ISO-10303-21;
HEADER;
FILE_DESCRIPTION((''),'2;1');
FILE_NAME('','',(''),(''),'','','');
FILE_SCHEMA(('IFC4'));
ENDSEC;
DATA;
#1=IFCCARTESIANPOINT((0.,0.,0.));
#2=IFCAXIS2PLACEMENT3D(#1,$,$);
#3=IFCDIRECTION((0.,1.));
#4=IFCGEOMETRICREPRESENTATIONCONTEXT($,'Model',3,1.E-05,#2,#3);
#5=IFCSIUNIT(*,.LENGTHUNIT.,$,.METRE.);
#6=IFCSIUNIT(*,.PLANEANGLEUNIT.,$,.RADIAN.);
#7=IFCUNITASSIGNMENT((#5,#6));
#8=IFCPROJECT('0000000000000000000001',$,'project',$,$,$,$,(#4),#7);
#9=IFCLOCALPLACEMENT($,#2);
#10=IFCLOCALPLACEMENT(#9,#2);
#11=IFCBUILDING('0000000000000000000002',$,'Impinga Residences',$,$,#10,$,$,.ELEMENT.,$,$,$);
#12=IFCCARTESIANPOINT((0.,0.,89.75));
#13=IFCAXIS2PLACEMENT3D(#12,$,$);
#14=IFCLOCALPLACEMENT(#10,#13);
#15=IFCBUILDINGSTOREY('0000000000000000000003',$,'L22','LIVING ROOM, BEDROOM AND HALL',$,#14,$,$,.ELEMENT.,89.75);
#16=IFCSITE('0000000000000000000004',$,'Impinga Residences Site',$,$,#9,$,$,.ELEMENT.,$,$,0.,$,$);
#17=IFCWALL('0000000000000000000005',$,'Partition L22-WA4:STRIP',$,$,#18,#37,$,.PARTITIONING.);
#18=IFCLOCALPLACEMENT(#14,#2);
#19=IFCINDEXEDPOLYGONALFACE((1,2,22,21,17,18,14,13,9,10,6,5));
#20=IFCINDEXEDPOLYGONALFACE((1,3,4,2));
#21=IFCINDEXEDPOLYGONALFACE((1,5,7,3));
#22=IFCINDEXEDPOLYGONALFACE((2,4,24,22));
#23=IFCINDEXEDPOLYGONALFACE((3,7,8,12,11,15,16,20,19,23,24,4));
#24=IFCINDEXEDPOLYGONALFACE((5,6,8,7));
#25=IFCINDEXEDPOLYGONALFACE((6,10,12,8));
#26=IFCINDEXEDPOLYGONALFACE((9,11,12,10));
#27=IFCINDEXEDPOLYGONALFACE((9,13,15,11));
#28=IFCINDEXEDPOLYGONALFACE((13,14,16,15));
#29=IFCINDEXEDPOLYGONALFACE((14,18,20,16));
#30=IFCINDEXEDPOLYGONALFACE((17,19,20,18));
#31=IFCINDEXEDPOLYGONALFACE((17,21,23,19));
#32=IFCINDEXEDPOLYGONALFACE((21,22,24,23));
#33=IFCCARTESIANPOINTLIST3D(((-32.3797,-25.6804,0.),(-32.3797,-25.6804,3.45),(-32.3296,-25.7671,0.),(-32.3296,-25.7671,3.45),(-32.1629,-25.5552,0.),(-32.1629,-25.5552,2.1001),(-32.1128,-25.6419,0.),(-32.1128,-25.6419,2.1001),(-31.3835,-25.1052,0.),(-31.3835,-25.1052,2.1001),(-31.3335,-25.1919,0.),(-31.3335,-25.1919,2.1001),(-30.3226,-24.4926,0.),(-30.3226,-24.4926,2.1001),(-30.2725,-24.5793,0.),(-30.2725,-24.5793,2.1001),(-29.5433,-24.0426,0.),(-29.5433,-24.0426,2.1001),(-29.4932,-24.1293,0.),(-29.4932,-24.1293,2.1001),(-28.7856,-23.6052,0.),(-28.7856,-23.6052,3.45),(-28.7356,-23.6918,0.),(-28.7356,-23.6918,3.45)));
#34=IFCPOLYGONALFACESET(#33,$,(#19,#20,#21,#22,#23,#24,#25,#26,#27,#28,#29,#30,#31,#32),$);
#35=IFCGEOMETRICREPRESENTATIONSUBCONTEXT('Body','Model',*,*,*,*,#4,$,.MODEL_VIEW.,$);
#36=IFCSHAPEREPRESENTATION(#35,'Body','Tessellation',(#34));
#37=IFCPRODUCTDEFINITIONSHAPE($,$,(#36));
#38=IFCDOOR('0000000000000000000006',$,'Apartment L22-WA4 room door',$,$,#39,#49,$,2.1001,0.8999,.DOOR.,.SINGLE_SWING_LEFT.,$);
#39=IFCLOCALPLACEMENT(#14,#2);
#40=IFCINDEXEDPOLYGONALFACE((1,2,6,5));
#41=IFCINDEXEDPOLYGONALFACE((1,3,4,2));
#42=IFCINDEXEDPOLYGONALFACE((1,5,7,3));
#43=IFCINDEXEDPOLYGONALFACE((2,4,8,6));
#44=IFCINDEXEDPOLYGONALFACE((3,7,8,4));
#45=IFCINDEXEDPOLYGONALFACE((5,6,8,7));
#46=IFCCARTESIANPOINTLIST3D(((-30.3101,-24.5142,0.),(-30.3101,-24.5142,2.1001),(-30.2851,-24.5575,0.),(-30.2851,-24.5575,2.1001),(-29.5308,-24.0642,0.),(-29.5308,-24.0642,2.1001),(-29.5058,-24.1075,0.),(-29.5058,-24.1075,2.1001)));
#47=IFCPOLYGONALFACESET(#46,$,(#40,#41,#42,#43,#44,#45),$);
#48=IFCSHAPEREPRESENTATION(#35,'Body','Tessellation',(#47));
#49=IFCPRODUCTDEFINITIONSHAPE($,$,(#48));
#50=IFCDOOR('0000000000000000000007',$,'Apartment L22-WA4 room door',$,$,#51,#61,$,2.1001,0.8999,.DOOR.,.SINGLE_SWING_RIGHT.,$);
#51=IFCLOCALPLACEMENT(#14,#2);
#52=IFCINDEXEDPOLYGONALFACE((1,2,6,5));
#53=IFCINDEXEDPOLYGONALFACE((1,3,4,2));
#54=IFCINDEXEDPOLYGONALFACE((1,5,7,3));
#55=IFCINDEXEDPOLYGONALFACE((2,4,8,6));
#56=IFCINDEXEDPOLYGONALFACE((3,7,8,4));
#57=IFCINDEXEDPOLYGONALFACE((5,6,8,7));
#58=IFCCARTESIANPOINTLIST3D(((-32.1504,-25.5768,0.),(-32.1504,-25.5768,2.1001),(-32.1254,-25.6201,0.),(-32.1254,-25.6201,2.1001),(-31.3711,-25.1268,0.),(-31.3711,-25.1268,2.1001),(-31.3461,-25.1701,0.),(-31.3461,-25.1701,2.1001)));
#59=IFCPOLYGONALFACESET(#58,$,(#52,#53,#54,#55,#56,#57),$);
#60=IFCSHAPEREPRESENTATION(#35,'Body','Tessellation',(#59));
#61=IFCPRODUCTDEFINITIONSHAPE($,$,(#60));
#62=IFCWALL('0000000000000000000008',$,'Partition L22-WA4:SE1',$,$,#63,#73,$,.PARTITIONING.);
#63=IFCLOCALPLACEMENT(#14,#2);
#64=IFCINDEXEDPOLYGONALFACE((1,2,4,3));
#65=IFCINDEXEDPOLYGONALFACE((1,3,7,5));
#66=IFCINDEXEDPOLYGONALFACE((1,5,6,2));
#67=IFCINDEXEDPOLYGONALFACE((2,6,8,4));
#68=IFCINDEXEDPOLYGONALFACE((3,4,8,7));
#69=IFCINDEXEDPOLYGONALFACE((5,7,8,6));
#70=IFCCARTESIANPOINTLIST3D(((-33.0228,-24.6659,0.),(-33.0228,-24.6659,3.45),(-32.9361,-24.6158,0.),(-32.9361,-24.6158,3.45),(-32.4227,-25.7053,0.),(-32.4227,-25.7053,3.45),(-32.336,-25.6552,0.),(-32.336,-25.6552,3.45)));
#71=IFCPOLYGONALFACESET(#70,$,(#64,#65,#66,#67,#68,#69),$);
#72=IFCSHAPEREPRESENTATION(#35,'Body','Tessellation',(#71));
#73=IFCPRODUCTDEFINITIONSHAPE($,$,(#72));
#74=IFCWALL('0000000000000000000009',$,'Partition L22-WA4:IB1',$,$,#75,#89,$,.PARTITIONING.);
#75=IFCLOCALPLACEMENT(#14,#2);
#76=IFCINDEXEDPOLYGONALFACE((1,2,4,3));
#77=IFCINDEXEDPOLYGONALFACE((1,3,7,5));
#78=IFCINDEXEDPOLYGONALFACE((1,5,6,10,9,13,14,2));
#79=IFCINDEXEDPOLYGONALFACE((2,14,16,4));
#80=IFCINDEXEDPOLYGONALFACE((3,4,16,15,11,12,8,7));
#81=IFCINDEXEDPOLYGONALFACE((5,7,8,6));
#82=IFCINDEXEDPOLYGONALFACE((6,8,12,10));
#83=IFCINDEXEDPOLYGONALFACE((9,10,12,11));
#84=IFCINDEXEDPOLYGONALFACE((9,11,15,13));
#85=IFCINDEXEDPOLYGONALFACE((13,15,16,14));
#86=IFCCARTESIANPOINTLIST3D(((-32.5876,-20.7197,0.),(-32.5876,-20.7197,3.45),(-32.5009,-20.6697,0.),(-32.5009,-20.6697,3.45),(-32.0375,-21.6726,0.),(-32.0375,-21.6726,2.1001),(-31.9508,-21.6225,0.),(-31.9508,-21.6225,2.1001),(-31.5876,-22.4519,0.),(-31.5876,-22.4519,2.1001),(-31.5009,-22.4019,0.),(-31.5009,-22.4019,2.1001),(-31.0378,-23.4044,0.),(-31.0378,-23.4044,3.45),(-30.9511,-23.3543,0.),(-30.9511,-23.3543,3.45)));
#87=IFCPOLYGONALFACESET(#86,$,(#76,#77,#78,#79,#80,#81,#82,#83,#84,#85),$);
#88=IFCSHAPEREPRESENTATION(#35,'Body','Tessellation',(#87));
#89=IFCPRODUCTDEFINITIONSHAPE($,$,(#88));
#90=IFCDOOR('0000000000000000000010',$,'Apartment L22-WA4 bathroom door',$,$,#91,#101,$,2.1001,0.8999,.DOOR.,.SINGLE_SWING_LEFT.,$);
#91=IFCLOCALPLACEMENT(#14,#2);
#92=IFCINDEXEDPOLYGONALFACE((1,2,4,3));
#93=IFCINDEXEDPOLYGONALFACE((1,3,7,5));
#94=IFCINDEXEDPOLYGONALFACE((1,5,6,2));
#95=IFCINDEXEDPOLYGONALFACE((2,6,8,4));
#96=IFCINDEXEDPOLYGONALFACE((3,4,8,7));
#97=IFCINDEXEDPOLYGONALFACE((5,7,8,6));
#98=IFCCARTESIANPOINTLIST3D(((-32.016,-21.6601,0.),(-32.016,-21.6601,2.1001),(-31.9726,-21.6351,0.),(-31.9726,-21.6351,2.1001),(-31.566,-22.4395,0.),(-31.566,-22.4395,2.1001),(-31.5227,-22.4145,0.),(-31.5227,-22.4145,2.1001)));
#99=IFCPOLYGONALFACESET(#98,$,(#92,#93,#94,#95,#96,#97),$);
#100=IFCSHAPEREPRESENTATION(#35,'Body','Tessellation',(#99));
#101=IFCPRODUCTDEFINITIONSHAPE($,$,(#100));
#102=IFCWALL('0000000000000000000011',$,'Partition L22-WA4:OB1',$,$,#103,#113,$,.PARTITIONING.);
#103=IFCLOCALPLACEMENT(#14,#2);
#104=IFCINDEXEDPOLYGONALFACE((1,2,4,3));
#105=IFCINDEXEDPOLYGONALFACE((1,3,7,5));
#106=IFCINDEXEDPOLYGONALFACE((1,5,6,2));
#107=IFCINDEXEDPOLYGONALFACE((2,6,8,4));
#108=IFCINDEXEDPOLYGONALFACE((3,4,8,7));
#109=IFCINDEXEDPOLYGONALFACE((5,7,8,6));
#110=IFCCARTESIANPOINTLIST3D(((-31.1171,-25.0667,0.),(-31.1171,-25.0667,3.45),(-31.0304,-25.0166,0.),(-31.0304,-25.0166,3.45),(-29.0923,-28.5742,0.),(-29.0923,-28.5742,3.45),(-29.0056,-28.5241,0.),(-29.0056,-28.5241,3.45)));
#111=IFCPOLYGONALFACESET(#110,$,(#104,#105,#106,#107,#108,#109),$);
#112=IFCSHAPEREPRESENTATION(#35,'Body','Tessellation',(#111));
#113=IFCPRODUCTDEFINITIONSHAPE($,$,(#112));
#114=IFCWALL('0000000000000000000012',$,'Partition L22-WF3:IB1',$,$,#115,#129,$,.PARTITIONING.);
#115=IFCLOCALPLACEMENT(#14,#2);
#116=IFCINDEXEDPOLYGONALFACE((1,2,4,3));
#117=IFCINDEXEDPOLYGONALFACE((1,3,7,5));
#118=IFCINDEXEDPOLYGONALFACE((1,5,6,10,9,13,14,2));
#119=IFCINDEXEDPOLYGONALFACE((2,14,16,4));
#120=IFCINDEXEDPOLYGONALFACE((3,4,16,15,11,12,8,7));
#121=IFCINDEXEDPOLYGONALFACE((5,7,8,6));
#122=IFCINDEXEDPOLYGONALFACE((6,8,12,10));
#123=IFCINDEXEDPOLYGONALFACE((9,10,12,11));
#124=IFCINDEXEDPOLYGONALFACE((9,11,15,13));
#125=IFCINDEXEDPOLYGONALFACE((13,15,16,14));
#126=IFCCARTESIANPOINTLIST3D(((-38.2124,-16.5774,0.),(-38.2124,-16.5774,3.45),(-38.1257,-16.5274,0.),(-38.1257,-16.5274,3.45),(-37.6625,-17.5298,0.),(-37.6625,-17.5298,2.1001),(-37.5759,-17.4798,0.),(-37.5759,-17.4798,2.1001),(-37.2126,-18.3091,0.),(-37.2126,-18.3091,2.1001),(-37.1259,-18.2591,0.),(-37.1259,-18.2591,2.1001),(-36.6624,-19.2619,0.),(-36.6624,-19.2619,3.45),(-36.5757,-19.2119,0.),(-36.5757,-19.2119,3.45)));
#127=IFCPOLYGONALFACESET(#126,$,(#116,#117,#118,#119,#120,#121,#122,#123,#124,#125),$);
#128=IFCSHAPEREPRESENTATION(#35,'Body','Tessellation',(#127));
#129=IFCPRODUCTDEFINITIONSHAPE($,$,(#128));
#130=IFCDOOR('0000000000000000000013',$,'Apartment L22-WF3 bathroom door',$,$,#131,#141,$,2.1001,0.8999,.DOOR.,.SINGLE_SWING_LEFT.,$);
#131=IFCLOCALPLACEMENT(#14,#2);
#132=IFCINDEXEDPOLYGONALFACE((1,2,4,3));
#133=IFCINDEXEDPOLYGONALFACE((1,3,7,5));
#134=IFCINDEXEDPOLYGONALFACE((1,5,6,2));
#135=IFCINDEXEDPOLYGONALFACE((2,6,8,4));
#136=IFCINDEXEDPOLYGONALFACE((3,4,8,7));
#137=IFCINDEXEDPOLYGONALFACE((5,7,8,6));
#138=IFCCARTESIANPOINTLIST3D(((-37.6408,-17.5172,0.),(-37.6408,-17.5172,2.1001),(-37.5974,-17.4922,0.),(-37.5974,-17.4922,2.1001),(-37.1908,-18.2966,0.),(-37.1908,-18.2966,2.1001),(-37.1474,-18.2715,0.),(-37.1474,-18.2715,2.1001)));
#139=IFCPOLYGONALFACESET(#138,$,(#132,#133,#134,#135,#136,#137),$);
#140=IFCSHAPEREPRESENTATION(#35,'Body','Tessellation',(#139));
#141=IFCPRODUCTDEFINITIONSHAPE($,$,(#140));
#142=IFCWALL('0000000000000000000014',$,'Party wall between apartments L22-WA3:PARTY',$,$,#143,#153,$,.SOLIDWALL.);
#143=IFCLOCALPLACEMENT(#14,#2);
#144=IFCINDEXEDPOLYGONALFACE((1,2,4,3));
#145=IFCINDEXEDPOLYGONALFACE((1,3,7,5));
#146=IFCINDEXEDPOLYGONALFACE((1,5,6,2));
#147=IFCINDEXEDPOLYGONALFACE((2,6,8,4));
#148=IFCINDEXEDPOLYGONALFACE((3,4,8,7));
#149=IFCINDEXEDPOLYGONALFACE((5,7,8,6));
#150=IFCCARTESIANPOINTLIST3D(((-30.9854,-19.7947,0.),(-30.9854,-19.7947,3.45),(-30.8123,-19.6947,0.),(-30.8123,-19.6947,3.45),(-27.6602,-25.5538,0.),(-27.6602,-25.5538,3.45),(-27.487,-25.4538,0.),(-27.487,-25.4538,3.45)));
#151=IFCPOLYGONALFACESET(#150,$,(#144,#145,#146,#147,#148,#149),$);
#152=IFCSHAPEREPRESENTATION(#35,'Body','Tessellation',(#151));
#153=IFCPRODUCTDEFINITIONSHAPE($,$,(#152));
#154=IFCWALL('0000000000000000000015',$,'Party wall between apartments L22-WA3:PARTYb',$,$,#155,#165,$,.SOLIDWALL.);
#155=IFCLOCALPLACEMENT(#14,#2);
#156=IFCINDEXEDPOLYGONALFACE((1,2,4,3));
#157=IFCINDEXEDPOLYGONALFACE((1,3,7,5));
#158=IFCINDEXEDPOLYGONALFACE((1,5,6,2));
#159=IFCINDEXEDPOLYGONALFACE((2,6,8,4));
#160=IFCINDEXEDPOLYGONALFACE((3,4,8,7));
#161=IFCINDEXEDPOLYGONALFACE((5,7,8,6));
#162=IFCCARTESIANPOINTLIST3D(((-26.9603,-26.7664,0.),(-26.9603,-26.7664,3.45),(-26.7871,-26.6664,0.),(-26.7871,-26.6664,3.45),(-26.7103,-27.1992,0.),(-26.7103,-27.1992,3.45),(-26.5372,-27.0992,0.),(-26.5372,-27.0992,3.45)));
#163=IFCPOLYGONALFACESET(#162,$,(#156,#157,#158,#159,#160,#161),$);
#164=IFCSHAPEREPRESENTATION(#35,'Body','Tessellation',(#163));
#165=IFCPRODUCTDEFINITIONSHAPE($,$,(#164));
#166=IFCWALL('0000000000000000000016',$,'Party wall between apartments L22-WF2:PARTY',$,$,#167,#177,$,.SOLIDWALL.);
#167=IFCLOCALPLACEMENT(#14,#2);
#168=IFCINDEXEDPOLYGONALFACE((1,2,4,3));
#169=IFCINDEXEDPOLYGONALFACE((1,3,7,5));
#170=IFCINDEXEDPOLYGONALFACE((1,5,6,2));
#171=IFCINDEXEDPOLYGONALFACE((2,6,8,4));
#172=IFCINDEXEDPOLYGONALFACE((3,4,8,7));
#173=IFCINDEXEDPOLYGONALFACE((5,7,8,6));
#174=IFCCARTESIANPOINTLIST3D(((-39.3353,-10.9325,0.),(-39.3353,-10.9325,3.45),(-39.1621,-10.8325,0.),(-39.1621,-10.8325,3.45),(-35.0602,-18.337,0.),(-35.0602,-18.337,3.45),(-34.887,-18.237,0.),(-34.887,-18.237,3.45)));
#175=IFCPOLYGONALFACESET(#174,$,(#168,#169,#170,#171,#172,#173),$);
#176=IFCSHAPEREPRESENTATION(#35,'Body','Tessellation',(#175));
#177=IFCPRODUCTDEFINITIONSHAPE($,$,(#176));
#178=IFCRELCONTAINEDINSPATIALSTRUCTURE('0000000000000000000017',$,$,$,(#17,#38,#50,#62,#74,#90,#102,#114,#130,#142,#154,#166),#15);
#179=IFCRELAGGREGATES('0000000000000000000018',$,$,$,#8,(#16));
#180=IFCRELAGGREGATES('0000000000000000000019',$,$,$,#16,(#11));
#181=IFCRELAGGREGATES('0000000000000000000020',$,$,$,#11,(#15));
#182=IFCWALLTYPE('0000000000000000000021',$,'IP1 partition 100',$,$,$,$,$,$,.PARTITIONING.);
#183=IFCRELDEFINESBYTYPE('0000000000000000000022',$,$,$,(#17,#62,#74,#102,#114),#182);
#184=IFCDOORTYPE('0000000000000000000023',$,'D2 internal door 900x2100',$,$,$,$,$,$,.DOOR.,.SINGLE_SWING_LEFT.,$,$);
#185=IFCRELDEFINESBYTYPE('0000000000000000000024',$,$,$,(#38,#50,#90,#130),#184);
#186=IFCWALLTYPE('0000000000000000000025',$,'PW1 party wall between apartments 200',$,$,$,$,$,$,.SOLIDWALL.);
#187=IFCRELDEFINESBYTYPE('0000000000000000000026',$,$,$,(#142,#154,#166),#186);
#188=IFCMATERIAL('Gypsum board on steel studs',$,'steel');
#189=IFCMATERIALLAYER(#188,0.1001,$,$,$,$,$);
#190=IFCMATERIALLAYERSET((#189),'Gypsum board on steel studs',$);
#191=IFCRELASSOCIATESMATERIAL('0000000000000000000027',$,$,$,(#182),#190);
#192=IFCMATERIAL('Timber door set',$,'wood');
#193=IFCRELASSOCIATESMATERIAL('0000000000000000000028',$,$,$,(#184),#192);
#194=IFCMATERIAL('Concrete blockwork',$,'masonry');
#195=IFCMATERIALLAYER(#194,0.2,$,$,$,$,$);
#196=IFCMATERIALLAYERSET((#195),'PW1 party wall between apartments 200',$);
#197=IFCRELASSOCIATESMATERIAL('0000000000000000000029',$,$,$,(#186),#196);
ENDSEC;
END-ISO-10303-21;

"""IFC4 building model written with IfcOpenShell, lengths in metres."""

from ifc_helpers import new_model, si_unit, direction, frame, frame_2d, origin, place, context, subcontext, project, spatial, rectangle, extrude, material, layer, layer_set, type_object, element, fill, save


model = new_model("IFC4")

# Units and contexts
model_context = context("Model", 3, precision=1e-05, world=origin(), true_north=direction((0.0, 1.0)))
body_context = subcontext(model_context, "Body", "Model", "MODEL_VIEW")
ifc_project = project(units=[si_unit("LENGTHUNIT", "METRE"), si_unit("PLANEANGLEUNIT", "RADIAN")], contexts=[model_context])

# Site, building, storey
site_placement = place(None, origin())
site = spatial("IfcSite", under=ifc_project, at=site_placement, Name="Impinga Residences Site", CompositionType="ELEMENT", RefElevation=0.0)
building_placement = place(site_placement, origin())
building = spatial("IfcBuilding", under=site, at=building_placement, Name="Impinga Residences", CompositionType="ELEMENT")
storey_placement = place(building_placement, frame((0.0, 0.0, 89.75)))
storey = spatial("IfcBuildingStorey", under=building, at=storey_placement, Name="L22", Description="LIVING ROOM, BEDROOM AND HALL", CompositionType="ELEMENT", Elevation=89.75)

# Shared definitions
ifc_material_1 = material(Name="Gypsum board on steel studs", Category="steel")
ifc_layer_1 = layer(ifc_material_1, 0.1001)
ifc_layer_set_1 = layer_set([ifc_layer_1], Name="Gypsum board on steel studs")
wall_type_1 = type_object("IfcWallType", Name="IP1 partition 100", PredefinedType="PARTITIONING", material=ifc_layer_set_1)

# Wall, openings, doors
wall_1_placement = place(storey_placement, frame((-28.7605, -23.6484, 0.0), z_axis=(0.0, 0.0, 1.0), x_axis=(-0.866004, -0.500036, 0.0)))
wall_1 = element("IfcWall", 1, at=wall_1_placement, inside=storey, type_object=wall_type_1, Name="Partition L22-WA4:STRIP", PredefinedType="PARTITIONING", context=body_context, shape_type="SweptSolid", body=[
    extrude(rectangle(XDim=4.1501, YDim=0.1001, at=frame_2d((2.0752, 0.0))), origin(), (0.0, 0.0, 1.0), 3.45),
])
opening_1_placement = place(wall_1_placement, frame((0.875, 0.0, 0.0)))
opening_1 = element("IfcOpeningElement", 2, at=opening_1_placement, cuts=wall_1, PredefinedType="OPENING", context=body_context, shape_type="SweptSolid", body=[
    extrude(rectangle(XDim=0.8999, YDim=2.1001, at=frame_2d((0.45, 1.05))), frame((0.0, 0.0601, 0.0), z_axis=(0.0, -1.0, 0.0), x_axis=(1.0, 0.0, 0.0)), (0.0, 0.0, 1.0), 0.1201),
])
opening_2_placement = place(wall_1_placement, frame((3.0, 0.0, 0.0)))
opening_2 = element("IfcOpeningElement", 3, at=opening_2_placement, cuts=wall_1, PredefinedType="OPENING", context=body_context, shape_type="SweptSolid", body=[
    extrude(rectangle(XDim=0.8999, YDim=2.1001, at=frame_2d((0.45, 1.05))), frame((0.0, 0.0601, 0.0), z_axis=(0.0, -1.0, 0.0), x_axis=(1.0, 0.0, 0.0)), (0.0, 0.0, 1.0), 0.1201),
])
ifc_material_2 = material(Name="Timber door set", Category="wood")
door_type = type_object("IfcDoorType", Name="D2 internal door 900x2100", OperationType="SINGLE_SWING_LEFT", PredefinedType="DOOR", material=ifc_material_2)
door_1_placement = place(opening_1_placement, origin())
door_1 = element("IfcDoor", 4, at=door_1_placement, inside=storey, type_object=door_type, Name="Apartment L22-WA4 room door", OperationType="SINGLE_SWING_LEFT", OverallHeight=2.1001, OverallWidth=0.8999, PredefinedType="DOOR", context=body_context, shape_type="SweptSolid", body=[
    extrude(rectangle(XDim=0.8999, YDim=2.1001, at=frame_2d((0.45, 1.05))), frame((0.0, 0.0249, 0.0), z_axis=(0.0, -1.0, 0.0), x_axis=(1.0, 0.0, 0.0)), (0.0, 0.0, 1.0), 0.05),
])
fill(opening_1, door_1)
door_2_placement = place(opening_2_placement, origin())
door_2 = element("IfcDoor", 5, at=door_2_placement, inside=storey, type_object=door_type, Name="Apartment L22-WA4 room door", OperationType="SINGLE_SWING_RIGHT", OverallHeight=2.1001, OverallWidth=0.8999, PredefinedType="DOOR", context=body_context, shape_type="SweptSolid", body=[
    extrude(rectangle(XDim=0.8999, YDim=2.1001, at=frame_2d((0.45, 1.05))), frame((0.0, 0.0249, 0.0), z_axis=(0.0, -1.0, 0.0), x_axis=(1.0, 0.0, 0.0)), (0.0, 0.0, 1.0), 0.05),
])
fill(opening_2, door_2)

# Wall
wall_2_placement = place(storey_placement, frame((-32.9795, -24.6409, 0.0), z_axis=(0.0, 0.0, 1.0), x_axis=(0.500034, -0.866006, 0.0)))
element("IfcWall", 6, at=wall_2_placement, inside=storey, type_object=wall_type_1, Name="Partition L22-WA4:SE1", PredefinedType="PARTITIONING", context=body_context, shape_type="SweptSolid", body=[
    extrude(rectangle(XDim=1.2002, YDim=0.1001, at=frame_2d((0.6001, 0.0))), origin(), (0.0, 0.0, 1.0), 3.45),
])

# Wall, opening, door
wall_3_placement = place(storey_placement, frame((-32.5442, -20.6948, 0.0), z_axis=(0.0, 0.0, 1.0), x_axis=(0.499968, -0.866044, 0.0)))
wall_3 = element("IfcWall", 7, at=wall_3_placement, inside=storey, type_object=wall_type_1, Name="Partition L22-WA4:IB1", PredefinedType="PARTITIONING", context=body_context, shape_type="SweptSolid", body=[
    extrude(rectangle(XDim=3.0999, YDim=0.1001, at=frame_2d((1.5498, 0.0))), origin(), (0.0, 0.0, 1.0), 3.45),
])
opening_3_placement = place(wall_3_placement, frame((1.1001, 0.0, 0.0)))
opening_3 = element("IfcOpeningElement", 8, at=opening_3_placement, cuts=wall_3, PredefinedType="OPENING", context=body_context, shape_type="SweptSolid", body=[
    extrude(rectangle(XDim=0.8999, YDim=2.1001, at=frame_2d((0.45, 1.05))), frame((0.0, 0.0601, 0.0), z_axis=(0.0, -1.0, 0.0), x_axis=(1.0, 0.0, 0.0)), (0.0, 0.0, 1.0), 0.1201),
])
door_3_placement = place(opening_3_placement, origin())
door_3 = element("IfcDoor", 9, at=door_3_placement, inside=storey, type_object=door_type, Name="Apartment L22-WA4 bathroom door", OperationType="SINGLE_SWING_LEFT", OverallHeight=2.1001, OverallWidth=0.8999, PredefinedType="DOOR", context=body_context, shape_type="SweptSolid", body=[
    extrude(rectangle(XDim=0.8999, YDim=2.1001, at=frame_2d((0.45, 1.05))), frame((0.0, 0.0249, 0.0), z_axis=(0.0, -1.0, 0.0), x_axis=(1.0, 0.0, 0.0)), (0.0, 0.0, 1.0), 0.05),
])
fill(opening_3, door_3)

# Wall
wall_4_placement = place(storey_placement, frame((-31.0737, -25.0417, 0.0), z_axis=(0.0, 0.0, 1.0), x_axis=(0.499964, -0.866046, 0.0)))
element("IfcWall", 10, at=wall_4_placement, inside=storey, type_object=wall_type_1, Name="Partition L22-WA4:OB1", PredefinedType="PARTITIONING", context=body_context, shape_type="SweptSolid", body=[
    extrude(rectangle(XDim=4.05, YDim=0.1001, at=frame_2d((2.0249, 0.0))), origin(), (0.0, 0.0, 1.0), 3.45),
])

# Wall, opening, door
wall_5_placement = place(storey_placement, frame((-36.6191, -19.2368, 0.0), z_axis=(0.0, 0.0, 1.0), x_axis=(-0.500027, 0.86601, 0.0)))
wall_5 = element("IfcWall", 11, at=wall_5_placement, inside=storey, type_object=wall_type_1, Name="Partition L22-WF3:IB1", PredefinedType="PARTITIONING", context=body_context, shape_type="SweptSolid", body=[
    extrude(rectangle(XDim=3.0999, YDim=0.1001, at=frame_2d((1.5498, 0.0))), origin(), (0.0, 0.0, 1.0), 3.45),
])
opening_4_placement = place(wall_5_placement, frame((1.1001, 0.0, 0.0)))
opening_4 = element("IfcOpeningElement", 12, at=opening_4_placement, cuts=wall_5, PredefinedType="OPENING", context=body_context, shape_type="SweptSolid", body=[
    extrude(rectangle(XDim=0.8999, YDim=2.1001, at=frame_2d((0.45, 1.05))), frame((0.0, 0.0601, 0.0), z_axis=(0.0, -1.0, 0.0), x_axis=(1.0, 0.0, 0.0)), (0.0, 0.0, 1.0), 0.1201),
])
door_4_placement = place(opening_4_placement, origin())
door_4 = element("IfcDoor", 13, at=door_4_placement, inside=storey, type_object=door_type, Name="Apartment L22-WF3 bathroom door", OperationType="SINGLE_SWING_LEFT", OverallHeight=2.1001, OverallWidth=0.8999, PredefinedType="DOOR", context=body_context, shape_type="SweptSolid", body=[
    extrude(rectangle(XDim=0.8999, YDim=2.1001, at=frame_2d((0.45, 1.05))), frame((0.0, 0.0249, 0.0), z_axis=(0.0, -1.0, 0.0), x_axis=(1.0, 0.0, 0.0)), (0.0, 0.0, 1.0), 0.05),
])
fill(opening_4, door_4)

# Walls
ifc_material_3 = material(Name="Concrete blockwork", Category="masonry")
ifc_layer_2 = layer(ifc_material_3, 0.2)
ifc_layer_set_2 = layer_set([ifc_layer_2], Name="PW1 party wall between apartments 200")
wall_type_2 = type_object("IfcWallType", Name="PW1 party wall between apartments 200", PredefinedType="SOLIDWALL", material=ifc_layer_set_2)
wall_6_placement = place(storey_placement, frame((-30.8989, -19.7446, 0.0), z_axis=(0.0, 0.0, 1.0), x_axis=(0.500024, -0.866011, 0.0)))
element("IfcWall", 14, at=wall_6_placement, inside=storey, type_object=wall_type_2, Name="Party wall between apartments L22-WA3:PARTY", PredefinedType="SOLIDWALL", context=body_context, shape_type="SweptSolid", body=[
    extrude(rectangle(XDim=6.6501, YDim=0.2, at=frame_2d((3.3252, 0.0))), origin(), (0.0, 0.0, 1.0), 3.45),
])
wall_7_placement = place(storey_placement, frame((-26.8738, -26.7163, 0.0), z_axis=(0.0, 0.0, 1.0), x_axis=(0.500131, -0.86595, 0.0)))
element("IfcWall", 15, at=wall_7_placement, inside=storey, type_object=wall_type_2, Name="Party wall between apartments L22-WA3:PARTYb", PredefinedType="SOLIDWALL", context=body_context, shape_type="SweptSolid", body=[
    extrude(rectangle(XDim=0.4998, YDim=0.2, at=frame_2d((0.25, 0.0))), origin(), (0.0, 0.0, 1.0), 3.45),
])
wall_8_placement = place(storey_placement, frame((-34.9736, -18.2869, 0.0), z_axis=(0.0, 0.0, 1.0), x_axis=(-0.500012, 0.866019, 0.0)))
element("IfcWall", 16, at=wall_8_placement, inside=storey, type_object=wall_type_2, Name="Party wall between apartments L22-WF2:PARTY", PredefinedType="SOLIDWALL", context=body_context, shape_type="SweptSolid", body=[
    extrude(rectangle(XDim=8.55, YDim=0.2, at=frame_2d((4.2749, 0.0))), origin(), (0.0, 0.0, 1.0), 3.45),
])

save(model, "model.ifc")
